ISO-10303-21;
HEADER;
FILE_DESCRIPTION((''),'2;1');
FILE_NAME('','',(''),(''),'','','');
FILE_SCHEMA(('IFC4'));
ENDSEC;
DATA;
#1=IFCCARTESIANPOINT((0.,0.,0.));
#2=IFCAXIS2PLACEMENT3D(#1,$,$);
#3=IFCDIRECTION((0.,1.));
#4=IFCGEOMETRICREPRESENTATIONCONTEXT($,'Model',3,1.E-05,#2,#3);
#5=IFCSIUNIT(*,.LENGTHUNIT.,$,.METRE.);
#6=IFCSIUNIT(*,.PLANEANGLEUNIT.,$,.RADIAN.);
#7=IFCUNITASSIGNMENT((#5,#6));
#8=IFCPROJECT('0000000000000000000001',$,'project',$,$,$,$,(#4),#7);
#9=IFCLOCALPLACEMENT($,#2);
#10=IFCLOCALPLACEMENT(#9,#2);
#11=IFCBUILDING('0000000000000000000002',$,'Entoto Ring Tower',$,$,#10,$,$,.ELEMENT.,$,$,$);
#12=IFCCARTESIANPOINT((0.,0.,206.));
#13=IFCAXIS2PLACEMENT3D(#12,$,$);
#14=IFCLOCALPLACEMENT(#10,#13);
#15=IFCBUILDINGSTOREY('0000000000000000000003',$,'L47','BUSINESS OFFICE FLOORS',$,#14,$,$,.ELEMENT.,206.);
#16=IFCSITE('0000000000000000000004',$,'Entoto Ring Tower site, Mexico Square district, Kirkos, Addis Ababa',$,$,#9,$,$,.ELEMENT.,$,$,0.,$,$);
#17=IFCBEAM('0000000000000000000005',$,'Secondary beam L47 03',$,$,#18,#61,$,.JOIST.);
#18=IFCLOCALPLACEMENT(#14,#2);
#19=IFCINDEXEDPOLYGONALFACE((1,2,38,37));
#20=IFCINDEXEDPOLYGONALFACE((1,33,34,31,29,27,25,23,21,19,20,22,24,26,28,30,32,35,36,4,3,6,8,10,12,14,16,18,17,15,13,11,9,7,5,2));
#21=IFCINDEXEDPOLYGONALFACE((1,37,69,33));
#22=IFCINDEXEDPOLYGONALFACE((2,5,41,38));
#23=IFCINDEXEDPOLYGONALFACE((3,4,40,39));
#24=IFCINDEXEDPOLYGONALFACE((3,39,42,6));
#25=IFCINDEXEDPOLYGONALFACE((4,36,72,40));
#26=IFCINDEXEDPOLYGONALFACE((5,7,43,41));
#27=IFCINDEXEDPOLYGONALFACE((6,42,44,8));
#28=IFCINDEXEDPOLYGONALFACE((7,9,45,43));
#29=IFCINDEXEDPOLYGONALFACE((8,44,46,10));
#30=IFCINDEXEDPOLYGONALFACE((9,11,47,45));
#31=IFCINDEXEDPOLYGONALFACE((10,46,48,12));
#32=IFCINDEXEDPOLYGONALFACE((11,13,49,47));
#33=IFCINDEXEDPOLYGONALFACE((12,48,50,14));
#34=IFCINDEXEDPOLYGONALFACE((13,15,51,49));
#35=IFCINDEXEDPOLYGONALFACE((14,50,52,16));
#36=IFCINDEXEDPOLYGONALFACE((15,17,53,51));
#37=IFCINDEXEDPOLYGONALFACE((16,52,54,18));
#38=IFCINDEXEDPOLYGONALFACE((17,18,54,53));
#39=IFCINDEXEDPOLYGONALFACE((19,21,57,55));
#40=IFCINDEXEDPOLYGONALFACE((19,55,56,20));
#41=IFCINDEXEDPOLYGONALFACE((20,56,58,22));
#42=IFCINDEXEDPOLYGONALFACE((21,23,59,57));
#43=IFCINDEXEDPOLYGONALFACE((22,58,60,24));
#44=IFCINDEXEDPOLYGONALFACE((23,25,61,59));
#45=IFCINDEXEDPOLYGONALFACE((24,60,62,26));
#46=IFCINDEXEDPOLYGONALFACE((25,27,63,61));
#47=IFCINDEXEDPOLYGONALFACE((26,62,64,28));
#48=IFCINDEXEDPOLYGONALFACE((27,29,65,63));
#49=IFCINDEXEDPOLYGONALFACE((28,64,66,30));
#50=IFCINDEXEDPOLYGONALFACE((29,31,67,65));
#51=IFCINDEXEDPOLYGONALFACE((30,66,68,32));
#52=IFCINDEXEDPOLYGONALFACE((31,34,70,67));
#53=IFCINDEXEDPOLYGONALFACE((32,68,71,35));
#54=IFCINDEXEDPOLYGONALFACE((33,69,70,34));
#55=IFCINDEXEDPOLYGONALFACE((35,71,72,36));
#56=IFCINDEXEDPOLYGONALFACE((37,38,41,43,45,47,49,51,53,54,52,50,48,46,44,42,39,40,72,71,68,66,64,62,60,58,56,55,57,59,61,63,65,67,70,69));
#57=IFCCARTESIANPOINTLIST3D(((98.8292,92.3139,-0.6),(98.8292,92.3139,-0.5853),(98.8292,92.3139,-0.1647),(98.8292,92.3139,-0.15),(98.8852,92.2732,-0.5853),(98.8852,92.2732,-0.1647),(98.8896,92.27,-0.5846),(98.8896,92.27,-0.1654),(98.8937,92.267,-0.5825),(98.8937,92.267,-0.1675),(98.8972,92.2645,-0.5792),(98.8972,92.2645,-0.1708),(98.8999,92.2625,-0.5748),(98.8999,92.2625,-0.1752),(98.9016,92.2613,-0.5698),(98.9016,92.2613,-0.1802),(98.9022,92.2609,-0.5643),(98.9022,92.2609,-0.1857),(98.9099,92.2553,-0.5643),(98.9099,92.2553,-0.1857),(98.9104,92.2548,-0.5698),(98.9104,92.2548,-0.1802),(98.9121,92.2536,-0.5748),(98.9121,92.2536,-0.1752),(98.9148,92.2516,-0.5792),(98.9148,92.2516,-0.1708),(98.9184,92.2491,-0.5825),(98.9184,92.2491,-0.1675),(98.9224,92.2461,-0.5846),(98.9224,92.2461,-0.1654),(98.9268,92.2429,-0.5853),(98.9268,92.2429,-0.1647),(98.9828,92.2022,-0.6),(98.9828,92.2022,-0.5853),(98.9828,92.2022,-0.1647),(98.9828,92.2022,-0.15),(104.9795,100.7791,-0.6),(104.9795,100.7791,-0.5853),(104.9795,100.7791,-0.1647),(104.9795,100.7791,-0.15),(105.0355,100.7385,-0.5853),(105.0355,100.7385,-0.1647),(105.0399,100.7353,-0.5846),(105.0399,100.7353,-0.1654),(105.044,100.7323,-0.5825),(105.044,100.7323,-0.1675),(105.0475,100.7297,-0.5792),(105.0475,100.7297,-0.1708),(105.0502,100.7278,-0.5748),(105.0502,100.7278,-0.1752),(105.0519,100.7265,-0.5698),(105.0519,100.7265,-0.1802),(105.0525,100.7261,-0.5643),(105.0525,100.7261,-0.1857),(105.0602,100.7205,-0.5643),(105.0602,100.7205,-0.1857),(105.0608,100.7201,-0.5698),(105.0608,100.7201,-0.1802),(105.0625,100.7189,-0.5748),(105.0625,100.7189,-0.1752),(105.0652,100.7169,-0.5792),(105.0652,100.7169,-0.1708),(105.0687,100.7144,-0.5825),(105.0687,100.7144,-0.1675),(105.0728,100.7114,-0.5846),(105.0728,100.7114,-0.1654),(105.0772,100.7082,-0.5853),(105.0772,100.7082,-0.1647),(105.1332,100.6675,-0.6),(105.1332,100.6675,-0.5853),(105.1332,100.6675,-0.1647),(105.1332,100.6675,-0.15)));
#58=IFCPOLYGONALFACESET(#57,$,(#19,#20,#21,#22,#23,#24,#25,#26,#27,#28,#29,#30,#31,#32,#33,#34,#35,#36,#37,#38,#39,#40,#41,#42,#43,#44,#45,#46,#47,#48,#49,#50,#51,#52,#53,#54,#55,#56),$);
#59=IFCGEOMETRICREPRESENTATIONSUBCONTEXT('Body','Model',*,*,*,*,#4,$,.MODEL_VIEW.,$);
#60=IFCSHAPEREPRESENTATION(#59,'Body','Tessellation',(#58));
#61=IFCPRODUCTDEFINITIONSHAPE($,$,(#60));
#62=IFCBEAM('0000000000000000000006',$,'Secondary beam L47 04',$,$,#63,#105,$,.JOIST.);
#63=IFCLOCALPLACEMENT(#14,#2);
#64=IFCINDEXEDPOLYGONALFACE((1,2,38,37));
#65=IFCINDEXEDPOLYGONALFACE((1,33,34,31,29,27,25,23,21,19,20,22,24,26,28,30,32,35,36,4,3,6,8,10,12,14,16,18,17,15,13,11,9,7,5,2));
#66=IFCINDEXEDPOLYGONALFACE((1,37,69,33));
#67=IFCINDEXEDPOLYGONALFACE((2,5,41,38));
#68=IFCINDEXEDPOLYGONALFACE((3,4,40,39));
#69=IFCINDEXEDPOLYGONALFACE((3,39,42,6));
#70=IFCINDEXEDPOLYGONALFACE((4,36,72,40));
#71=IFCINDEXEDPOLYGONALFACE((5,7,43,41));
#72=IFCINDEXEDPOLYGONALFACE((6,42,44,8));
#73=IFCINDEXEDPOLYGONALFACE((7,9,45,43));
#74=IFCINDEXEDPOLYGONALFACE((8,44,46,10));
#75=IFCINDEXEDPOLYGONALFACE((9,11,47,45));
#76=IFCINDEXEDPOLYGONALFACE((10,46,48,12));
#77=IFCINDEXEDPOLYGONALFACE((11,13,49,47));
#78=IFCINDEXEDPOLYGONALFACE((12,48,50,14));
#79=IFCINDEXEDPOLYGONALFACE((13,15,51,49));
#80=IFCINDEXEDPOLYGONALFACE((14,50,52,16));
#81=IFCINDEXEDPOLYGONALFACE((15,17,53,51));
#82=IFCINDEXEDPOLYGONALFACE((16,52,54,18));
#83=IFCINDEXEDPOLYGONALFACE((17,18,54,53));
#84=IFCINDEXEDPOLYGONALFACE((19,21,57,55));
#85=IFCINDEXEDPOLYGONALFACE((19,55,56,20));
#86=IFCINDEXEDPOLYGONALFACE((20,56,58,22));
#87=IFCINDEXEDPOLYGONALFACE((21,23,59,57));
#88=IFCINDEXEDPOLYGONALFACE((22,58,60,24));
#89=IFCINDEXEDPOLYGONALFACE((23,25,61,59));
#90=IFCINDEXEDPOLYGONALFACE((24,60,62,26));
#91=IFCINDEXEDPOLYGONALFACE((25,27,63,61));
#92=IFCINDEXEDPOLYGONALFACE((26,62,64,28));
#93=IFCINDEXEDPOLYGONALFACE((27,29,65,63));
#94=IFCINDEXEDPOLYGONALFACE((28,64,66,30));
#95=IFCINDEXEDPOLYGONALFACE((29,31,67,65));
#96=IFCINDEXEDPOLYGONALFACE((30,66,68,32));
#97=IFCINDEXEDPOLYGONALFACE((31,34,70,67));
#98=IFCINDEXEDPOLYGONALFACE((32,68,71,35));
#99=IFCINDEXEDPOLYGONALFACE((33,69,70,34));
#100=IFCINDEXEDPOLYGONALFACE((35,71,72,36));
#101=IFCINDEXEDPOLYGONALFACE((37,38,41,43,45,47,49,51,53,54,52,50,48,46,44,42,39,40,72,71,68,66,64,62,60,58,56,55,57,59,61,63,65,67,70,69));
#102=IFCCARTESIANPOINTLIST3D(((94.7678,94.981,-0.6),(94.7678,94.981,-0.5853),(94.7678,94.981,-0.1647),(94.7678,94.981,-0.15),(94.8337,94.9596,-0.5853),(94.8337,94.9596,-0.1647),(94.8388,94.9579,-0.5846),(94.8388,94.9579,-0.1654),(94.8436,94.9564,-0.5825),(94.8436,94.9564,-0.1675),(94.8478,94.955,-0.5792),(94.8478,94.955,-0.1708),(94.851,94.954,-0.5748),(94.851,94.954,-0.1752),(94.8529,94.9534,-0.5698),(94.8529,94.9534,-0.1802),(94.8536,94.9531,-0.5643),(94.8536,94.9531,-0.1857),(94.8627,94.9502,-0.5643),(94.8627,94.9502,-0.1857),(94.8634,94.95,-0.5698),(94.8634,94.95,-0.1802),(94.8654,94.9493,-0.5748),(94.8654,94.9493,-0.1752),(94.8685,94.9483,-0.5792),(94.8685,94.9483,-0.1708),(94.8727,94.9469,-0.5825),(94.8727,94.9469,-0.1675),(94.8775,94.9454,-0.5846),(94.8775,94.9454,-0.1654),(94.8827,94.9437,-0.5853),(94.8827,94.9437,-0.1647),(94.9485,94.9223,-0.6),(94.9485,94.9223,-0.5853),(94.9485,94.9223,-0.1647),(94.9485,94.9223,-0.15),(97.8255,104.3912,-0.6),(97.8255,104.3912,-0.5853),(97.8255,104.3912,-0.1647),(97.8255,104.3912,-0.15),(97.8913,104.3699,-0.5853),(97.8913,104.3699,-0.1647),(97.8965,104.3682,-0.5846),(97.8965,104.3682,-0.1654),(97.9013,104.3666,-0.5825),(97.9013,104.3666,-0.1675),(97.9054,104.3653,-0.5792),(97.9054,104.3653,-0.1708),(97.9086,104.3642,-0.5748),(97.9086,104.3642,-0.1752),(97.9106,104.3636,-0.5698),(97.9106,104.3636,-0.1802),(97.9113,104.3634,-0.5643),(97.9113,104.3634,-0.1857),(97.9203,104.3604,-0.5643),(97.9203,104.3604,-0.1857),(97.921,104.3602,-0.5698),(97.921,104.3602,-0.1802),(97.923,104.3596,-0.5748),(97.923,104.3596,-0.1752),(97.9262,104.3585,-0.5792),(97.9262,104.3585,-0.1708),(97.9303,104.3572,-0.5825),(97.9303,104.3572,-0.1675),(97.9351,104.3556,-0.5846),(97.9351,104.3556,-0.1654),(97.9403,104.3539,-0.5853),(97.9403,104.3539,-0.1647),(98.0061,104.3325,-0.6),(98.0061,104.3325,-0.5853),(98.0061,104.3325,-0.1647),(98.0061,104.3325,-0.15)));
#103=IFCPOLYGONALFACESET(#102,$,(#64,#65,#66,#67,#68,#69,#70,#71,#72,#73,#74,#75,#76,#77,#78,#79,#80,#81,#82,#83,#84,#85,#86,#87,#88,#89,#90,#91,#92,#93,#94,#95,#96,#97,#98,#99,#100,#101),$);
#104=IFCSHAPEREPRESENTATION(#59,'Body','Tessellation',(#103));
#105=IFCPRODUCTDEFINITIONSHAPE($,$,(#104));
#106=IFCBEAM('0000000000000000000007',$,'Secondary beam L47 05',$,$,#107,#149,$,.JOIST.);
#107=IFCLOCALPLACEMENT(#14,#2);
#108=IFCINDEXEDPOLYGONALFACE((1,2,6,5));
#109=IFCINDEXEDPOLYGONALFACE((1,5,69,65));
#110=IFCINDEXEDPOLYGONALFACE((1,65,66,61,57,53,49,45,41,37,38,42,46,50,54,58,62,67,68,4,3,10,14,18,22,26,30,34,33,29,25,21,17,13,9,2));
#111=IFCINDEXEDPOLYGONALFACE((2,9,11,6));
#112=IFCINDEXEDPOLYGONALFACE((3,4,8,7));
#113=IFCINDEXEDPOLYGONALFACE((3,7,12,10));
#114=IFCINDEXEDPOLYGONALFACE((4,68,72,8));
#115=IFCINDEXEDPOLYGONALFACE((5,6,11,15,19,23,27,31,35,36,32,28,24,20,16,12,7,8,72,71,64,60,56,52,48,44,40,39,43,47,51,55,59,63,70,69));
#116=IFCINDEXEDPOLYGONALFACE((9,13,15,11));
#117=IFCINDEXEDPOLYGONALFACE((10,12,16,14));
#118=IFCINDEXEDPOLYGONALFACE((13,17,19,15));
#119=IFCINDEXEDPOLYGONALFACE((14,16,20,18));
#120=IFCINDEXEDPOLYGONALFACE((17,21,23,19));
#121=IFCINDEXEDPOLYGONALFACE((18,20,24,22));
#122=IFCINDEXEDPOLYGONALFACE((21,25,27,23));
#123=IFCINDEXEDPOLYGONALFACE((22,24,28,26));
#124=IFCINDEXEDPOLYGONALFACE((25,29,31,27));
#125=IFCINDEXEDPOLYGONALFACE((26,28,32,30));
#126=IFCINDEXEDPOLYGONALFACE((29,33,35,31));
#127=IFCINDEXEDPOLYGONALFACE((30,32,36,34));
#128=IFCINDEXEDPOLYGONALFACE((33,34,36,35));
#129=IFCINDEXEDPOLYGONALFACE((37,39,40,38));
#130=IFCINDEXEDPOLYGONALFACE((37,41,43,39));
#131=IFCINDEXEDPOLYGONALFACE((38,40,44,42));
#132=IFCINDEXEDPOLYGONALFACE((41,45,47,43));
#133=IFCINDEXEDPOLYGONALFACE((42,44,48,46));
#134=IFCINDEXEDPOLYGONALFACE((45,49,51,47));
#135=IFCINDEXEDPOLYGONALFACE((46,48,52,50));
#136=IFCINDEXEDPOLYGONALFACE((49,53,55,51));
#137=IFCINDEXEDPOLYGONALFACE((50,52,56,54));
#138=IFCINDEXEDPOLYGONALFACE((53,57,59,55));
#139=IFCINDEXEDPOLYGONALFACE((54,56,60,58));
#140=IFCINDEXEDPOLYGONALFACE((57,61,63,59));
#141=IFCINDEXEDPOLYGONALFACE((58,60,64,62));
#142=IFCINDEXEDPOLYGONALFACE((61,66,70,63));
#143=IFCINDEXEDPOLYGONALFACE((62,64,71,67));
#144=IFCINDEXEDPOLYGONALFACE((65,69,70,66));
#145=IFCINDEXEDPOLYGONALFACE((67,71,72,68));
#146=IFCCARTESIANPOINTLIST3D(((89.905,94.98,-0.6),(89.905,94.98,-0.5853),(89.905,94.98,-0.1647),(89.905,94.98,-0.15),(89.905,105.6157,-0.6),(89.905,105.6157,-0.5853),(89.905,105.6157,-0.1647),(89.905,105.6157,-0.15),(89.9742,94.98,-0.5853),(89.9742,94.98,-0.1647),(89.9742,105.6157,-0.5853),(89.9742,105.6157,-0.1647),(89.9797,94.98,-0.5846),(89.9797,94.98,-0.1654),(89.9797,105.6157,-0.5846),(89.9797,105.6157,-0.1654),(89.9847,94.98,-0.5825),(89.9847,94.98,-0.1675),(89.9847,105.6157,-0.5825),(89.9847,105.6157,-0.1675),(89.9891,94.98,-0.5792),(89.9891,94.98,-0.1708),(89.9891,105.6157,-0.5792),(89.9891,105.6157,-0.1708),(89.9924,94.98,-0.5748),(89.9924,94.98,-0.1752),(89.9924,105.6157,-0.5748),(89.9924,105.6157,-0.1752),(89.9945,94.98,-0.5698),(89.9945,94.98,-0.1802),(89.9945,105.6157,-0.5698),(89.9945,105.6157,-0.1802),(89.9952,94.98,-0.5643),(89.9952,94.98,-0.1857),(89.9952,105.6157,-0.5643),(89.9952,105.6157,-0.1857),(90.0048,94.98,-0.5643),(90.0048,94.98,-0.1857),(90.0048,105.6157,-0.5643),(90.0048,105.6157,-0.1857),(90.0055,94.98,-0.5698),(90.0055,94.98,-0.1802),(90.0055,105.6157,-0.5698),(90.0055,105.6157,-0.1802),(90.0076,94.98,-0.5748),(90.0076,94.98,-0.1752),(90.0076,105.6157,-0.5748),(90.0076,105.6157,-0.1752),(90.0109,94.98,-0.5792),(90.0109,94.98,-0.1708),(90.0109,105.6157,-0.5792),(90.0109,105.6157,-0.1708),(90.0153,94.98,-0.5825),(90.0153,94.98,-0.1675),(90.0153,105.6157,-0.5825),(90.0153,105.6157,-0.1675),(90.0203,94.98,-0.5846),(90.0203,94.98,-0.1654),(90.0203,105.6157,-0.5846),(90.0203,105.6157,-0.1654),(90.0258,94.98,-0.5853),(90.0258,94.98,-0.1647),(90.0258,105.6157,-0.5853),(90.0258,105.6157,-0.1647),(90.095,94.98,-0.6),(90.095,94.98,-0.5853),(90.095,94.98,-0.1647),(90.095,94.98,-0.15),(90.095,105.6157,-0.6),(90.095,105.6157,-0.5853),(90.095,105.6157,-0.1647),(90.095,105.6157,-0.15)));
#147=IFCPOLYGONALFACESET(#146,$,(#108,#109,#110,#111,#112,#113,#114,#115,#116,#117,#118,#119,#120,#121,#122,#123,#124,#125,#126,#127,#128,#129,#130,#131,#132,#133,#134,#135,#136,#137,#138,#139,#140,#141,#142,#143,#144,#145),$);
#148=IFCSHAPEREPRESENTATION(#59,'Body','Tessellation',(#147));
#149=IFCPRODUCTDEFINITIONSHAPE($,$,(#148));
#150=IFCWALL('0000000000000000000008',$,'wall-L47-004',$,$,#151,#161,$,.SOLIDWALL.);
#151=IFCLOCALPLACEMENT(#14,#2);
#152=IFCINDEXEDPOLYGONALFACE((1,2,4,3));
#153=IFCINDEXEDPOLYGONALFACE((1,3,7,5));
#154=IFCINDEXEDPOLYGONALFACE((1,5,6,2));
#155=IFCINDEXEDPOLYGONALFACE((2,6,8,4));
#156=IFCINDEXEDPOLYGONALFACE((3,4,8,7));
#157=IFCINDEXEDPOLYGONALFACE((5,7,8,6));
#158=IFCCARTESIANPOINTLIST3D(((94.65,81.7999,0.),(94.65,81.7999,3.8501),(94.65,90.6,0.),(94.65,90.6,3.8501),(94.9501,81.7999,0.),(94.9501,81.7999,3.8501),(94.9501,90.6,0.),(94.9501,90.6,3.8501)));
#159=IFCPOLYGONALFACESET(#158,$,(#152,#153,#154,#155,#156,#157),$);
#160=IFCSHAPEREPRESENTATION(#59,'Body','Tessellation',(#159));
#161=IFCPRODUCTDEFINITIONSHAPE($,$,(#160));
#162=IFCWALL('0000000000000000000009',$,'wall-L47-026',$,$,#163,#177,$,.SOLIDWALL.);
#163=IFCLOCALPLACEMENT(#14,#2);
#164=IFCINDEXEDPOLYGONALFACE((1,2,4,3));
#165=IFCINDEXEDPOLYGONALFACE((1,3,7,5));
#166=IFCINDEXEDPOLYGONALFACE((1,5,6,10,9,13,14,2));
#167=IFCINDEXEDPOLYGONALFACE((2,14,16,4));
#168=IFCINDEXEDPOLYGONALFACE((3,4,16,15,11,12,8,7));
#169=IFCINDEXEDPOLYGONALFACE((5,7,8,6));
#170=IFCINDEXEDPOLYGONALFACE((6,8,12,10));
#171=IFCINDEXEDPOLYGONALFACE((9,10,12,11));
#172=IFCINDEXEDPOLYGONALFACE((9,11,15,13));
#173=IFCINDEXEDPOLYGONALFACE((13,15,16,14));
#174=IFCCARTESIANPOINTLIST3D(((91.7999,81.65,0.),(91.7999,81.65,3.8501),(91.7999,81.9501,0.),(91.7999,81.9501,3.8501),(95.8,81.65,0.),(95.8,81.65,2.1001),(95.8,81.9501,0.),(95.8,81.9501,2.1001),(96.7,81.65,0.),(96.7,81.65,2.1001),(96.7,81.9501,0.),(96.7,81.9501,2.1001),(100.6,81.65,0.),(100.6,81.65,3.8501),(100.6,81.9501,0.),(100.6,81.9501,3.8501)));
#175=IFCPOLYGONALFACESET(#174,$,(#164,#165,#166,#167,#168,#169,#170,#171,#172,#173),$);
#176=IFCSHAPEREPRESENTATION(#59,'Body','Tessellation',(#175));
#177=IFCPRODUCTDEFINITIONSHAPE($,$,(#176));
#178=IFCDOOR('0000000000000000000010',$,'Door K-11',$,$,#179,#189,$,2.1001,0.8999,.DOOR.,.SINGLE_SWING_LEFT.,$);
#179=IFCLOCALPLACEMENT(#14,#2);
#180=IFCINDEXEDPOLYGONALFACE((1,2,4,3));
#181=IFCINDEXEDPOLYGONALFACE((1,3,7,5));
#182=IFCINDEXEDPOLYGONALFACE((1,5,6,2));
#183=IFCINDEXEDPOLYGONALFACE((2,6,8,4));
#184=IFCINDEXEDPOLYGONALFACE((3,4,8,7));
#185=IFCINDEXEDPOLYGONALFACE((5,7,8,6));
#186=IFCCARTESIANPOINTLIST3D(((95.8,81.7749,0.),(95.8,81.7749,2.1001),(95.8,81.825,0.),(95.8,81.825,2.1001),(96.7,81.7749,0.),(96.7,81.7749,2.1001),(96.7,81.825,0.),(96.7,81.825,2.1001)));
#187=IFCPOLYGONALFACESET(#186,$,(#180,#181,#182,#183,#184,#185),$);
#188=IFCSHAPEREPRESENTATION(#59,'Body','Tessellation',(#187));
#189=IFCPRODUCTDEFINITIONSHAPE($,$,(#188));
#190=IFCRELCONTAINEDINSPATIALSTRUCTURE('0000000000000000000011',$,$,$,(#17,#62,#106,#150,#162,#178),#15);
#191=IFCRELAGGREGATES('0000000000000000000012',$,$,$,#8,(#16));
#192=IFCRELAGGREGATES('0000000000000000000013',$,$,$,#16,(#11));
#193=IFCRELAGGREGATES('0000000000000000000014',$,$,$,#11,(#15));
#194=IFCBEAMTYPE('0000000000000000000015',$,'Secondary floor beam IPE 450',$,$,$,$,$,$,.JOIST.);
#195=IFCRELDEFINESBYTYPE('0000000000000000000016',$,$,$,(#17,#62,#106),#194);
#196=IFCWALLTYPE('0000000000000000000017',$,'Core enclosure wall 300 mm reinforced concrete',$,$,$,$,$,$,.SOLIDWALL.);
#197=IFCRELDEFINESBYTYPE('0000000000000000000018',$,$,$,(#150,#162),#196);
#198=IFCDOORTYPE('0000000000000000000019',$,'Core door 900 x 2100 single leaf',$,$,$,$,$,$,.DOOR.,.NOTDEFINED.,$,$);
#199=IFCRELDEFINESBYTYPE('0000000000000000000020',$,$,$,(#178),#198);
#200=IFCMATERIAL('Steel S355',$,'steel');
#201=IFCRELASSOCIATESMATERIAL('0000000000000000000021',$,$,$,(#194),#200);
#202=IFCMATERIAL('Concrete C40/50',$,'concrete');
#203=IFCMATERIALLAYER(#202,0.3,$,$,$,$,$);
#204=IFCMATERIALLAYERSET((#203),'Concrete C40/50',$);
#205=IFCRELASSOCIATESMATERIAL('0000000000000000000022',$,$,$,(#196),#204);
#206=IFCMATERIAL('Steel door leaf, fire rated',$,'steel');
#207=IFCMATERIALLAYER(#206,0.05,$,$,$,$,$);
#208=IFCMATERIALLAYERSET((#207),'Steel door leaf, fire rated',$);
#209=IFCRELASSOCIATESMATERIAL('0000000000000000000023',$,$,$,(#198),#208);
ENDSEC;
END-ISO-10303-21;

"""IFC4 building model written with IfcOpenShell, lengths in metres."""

from ifc_helpers import new_model, si_unit, direction, frame, frame_2d, origin, origin_2d, place, context, subcontext, project, spatial, rectangle, i_section, extrude, material, layer, layer_set, material_profile, profile_set, type_object, element, fill, save


model = new_model("IFC4")

# Units and contexts
model_context = context("Model", 3, precision=1e-05, world=origin(), true_north=direction((0.0, 1.0)))
body_context = subcontext(model_context, "Body", "Model", "MODEL_VIEW")
ifc_project = project(units=[si_unit("LENGTHUNIT", "METRE"), si_unit("PLANEANGLEUNIT", "RADIAN")], contexts=[model_context])

# Site, building, storey
site_placement = place(None, origin())
site = spatial("IfcSite", under=ifc_project, at=site_placement, Name="Entoto Ring Tower site, Mexico Square district, Kirkos, Addis Ababa", CompositionType="ELEMENT", RefElevation=0.0)
building_placement = place(site_placement, origin())
building = spatial("IfcBuilding", under=site, at=building_placement, Name="Entoto Ring Tower", CompositionType="ELEMENT")
storey_placement = place(building_placement, frame((0.0, 0.0, 206.0)))
storey = spatial("IfcBuildingStorey", under=building, at=storey_placement, Name="L47", Description="BUSINESS OFFICE FLOORS", CompositionType="ELEMENT", Elevation=206.0)

# Beams
ifc_material_1 = material(Name="Steel S355", Category="steel")
ifc_material_profile_1 = material_profile(ifc_material_1, i_section(OverallWidth=0.1899, OverallDepth=0.45, WebThickness=0.0095, FlangeThickness=0.0146, FilletRadius=0.021, at=origin_2d()), Name="IPE 450")
ifc_profile_set_1 = profile_set([ifc_material_profile_1], Name="Steel S355")
beam_type_1 = type_object("IfcBeamType", Name="Secondary floor beam IPE 450", PredefinedType="JOIST", material=ifc_profile_set_1)
beam_1_placement = place(storey_placement, frame((98.906, 92.2581, -0.375), z_axis=(0.587783, 0.809018, 0.0), x_axis=(-0.809018, 0.587783, 0.0)))
element("IfcBeam", 1, at=beam_1_placement, inside=storey, type_object=beam_type_1, Name="Secondary beam L47 03", PredefinedType="JOIST", context=body_context, shape_type="SweptSolid", body=[
    extrude(i_section(OverallWidth=0.1899, OverallDepth=0.45, WebThickness=0.0095, FlangeThickness=0.0146, FilletRadius=0.021, at=origin_2d()), origin(), (0.0, 0.0, 1.0), 10.4636),
])
beam_2_placement = place(storey_placement, frame((94.8582, 94.9517, -0.375), z_axis=(0.309024, 0.951054, 0.0), x_axis=(-0.951054, 0.309024, 0.0)))
element("IfcBeam", 2, at=beam_2_placement, inside=storey, type_object=beam_type_1, Name="Secondary beam L47 04", PredefinedType="JOIST", context=body_context, shape_type="SweptSolid", body=[
    extrude(i_section(OverallWidth=0.1899, OverallDepth=0.45, WebThickness=0.0095, FlangeThickness=0.0146, FilletRadius=0.021, at=origin_2d()), origin(), (0.0, 0.0, 1.0), 9.8945),
])
beam_3_placement = place(storey_placement, frame((90.0, 94.98, -0.375), z_axis=(0.0, 1.0, 0.0), x_axis=(-1.0, 0.0, 0.0)))
element("IfcBeam", 3, at=beam_3_placement, inside=storey, type_object=beam_type_1, Name="Secondary beam L47 05", PredefinedType="JOIST", context=body_context, shape_type="SweptSolid", body=[
    extrude(i_section(OverallWidth=0.1899, OverallDepth=0.45, WebThickness=0.0095, FlangeThickness=0.0146, FilletRadius=0.021, at=origin_2d()), origin(), (0.0, 0.0, 1.0), 10.6357),
])

# Wall
ifc_material_2 = material(Name="Concrete C40/50", Category="concrete")
ifc_layer_1 = layer(ifc_material_2, 0.3)
ifc_layer_set_1 = layer_set([ifc_layer_1], Name="Concrete C40/50")
wall_type_1 = type_object("IfcWallType", Name="Core enclosure wall 300 mm reinforced concrete", PredefinedType="SOLIDWALL", material=ifc_layer_set_1)
wall_1_placement = place(storey_placement, frame((94.8, 81.8, 0.0), z_axis=(0.0, 0.0, 1.0), x_axis=(0.0, 1.0, 0.0)))
element("IfcWall", 4, at=wall_1_placement, inside=storey, type_object=wall_type_1, Name="wall-L47-004", PredefinedType="SOLIDWALL", context=body_context, shape_type="SweptSolid", body=[
    extrude(rectangle(XDim=8.8, YDim=0.3, at=frame_2d((4.3999, 0.0))), origin(), (0.0, 0.0, 1.0), 3.8501),
])

# Wall, opening, door
wall_2_placement = place(storey_placement, frame((91.8, 81.8, 0.0), z_axis=(0.0, 0.0, 1.0), x_axis=(1.0, 0.0, 0.0)))
wall_2 = element("IfcWall", 5, at=wall_2_placement, inside=storey, type_object=wall_type_1, Name="wall-L47-026", PredefinedType="SOLIDWALL", context=body_context, shape_type="SweptSolid", body=[
    extrude(rectangle(XDim=8.8, YDim=0.3, at=frame_2d((4.3999, 0.0))), origin(), (0.0, 0.0, 1.0), 3.8501),
])
opening_1_placement = place(wall_2_placement, frame((4.0, 0.0, 0.0)))
opening_1 = element("IfcOpeningElement", 6, at=opening_1_placement, cuts=wall_2, PredefinedType="OPENING", context=body_context, shape_type="SweptSolid", body=[
    extrude(rectangle(XDim=0.8999, YDim=2.1001, at=frame_2d((0.45, 1.05))), frame((0.0, 0.1602, 0.0), z_axis=(0.0, -1.0, 0.0), x_axis=(1.0, 0.0, 0.0)), (0.0, 0.0, 1.0), 0.3201),
])
ifc_material_3 = material(Name="Steel door leaf, fire rated", Category="steel")
ifc_layer_2 = layer(ifc_material_3, 0.05)
ifc_layer_set_2 = layer_set([ifc_layer_2], Name="Steel door leaf, fire rated")
door_type_1 = type_object("IfcDoorType", Name="Core door 900 x 2100 single leaf", OperationType="NOTDEFINED", PredefinedType="DOOR", material=ifc_layer_set_2)
door_1_placement = place(opening_1_placement, origin())
door_1 = element("IfcDoor", 7, at=door_1_placement, inside=storey, type_object=door_type_1, Name="Door K-11", OperationType="SINGLE_SWING_LEFT", OverallHeight=2.1001, OverallWidth=0.8999, PredefinedType="DOOR", context=body_context, shape_type="SweptSolid", body=[
    extrude(rectangle(XDim=0.8999, YDim=2.1001, at=frame_2d((0.45, 1.05))), frame((0.0, 0.0249, 0.0), z_axis=(0.0, -1.0, 0.0), x_axis=(1.0, 0.0, 0.0)), (0.0, 0.0, 1.0), 0.05),
])
fill(opening_1, door_1)

save(model, "model.ifc")
